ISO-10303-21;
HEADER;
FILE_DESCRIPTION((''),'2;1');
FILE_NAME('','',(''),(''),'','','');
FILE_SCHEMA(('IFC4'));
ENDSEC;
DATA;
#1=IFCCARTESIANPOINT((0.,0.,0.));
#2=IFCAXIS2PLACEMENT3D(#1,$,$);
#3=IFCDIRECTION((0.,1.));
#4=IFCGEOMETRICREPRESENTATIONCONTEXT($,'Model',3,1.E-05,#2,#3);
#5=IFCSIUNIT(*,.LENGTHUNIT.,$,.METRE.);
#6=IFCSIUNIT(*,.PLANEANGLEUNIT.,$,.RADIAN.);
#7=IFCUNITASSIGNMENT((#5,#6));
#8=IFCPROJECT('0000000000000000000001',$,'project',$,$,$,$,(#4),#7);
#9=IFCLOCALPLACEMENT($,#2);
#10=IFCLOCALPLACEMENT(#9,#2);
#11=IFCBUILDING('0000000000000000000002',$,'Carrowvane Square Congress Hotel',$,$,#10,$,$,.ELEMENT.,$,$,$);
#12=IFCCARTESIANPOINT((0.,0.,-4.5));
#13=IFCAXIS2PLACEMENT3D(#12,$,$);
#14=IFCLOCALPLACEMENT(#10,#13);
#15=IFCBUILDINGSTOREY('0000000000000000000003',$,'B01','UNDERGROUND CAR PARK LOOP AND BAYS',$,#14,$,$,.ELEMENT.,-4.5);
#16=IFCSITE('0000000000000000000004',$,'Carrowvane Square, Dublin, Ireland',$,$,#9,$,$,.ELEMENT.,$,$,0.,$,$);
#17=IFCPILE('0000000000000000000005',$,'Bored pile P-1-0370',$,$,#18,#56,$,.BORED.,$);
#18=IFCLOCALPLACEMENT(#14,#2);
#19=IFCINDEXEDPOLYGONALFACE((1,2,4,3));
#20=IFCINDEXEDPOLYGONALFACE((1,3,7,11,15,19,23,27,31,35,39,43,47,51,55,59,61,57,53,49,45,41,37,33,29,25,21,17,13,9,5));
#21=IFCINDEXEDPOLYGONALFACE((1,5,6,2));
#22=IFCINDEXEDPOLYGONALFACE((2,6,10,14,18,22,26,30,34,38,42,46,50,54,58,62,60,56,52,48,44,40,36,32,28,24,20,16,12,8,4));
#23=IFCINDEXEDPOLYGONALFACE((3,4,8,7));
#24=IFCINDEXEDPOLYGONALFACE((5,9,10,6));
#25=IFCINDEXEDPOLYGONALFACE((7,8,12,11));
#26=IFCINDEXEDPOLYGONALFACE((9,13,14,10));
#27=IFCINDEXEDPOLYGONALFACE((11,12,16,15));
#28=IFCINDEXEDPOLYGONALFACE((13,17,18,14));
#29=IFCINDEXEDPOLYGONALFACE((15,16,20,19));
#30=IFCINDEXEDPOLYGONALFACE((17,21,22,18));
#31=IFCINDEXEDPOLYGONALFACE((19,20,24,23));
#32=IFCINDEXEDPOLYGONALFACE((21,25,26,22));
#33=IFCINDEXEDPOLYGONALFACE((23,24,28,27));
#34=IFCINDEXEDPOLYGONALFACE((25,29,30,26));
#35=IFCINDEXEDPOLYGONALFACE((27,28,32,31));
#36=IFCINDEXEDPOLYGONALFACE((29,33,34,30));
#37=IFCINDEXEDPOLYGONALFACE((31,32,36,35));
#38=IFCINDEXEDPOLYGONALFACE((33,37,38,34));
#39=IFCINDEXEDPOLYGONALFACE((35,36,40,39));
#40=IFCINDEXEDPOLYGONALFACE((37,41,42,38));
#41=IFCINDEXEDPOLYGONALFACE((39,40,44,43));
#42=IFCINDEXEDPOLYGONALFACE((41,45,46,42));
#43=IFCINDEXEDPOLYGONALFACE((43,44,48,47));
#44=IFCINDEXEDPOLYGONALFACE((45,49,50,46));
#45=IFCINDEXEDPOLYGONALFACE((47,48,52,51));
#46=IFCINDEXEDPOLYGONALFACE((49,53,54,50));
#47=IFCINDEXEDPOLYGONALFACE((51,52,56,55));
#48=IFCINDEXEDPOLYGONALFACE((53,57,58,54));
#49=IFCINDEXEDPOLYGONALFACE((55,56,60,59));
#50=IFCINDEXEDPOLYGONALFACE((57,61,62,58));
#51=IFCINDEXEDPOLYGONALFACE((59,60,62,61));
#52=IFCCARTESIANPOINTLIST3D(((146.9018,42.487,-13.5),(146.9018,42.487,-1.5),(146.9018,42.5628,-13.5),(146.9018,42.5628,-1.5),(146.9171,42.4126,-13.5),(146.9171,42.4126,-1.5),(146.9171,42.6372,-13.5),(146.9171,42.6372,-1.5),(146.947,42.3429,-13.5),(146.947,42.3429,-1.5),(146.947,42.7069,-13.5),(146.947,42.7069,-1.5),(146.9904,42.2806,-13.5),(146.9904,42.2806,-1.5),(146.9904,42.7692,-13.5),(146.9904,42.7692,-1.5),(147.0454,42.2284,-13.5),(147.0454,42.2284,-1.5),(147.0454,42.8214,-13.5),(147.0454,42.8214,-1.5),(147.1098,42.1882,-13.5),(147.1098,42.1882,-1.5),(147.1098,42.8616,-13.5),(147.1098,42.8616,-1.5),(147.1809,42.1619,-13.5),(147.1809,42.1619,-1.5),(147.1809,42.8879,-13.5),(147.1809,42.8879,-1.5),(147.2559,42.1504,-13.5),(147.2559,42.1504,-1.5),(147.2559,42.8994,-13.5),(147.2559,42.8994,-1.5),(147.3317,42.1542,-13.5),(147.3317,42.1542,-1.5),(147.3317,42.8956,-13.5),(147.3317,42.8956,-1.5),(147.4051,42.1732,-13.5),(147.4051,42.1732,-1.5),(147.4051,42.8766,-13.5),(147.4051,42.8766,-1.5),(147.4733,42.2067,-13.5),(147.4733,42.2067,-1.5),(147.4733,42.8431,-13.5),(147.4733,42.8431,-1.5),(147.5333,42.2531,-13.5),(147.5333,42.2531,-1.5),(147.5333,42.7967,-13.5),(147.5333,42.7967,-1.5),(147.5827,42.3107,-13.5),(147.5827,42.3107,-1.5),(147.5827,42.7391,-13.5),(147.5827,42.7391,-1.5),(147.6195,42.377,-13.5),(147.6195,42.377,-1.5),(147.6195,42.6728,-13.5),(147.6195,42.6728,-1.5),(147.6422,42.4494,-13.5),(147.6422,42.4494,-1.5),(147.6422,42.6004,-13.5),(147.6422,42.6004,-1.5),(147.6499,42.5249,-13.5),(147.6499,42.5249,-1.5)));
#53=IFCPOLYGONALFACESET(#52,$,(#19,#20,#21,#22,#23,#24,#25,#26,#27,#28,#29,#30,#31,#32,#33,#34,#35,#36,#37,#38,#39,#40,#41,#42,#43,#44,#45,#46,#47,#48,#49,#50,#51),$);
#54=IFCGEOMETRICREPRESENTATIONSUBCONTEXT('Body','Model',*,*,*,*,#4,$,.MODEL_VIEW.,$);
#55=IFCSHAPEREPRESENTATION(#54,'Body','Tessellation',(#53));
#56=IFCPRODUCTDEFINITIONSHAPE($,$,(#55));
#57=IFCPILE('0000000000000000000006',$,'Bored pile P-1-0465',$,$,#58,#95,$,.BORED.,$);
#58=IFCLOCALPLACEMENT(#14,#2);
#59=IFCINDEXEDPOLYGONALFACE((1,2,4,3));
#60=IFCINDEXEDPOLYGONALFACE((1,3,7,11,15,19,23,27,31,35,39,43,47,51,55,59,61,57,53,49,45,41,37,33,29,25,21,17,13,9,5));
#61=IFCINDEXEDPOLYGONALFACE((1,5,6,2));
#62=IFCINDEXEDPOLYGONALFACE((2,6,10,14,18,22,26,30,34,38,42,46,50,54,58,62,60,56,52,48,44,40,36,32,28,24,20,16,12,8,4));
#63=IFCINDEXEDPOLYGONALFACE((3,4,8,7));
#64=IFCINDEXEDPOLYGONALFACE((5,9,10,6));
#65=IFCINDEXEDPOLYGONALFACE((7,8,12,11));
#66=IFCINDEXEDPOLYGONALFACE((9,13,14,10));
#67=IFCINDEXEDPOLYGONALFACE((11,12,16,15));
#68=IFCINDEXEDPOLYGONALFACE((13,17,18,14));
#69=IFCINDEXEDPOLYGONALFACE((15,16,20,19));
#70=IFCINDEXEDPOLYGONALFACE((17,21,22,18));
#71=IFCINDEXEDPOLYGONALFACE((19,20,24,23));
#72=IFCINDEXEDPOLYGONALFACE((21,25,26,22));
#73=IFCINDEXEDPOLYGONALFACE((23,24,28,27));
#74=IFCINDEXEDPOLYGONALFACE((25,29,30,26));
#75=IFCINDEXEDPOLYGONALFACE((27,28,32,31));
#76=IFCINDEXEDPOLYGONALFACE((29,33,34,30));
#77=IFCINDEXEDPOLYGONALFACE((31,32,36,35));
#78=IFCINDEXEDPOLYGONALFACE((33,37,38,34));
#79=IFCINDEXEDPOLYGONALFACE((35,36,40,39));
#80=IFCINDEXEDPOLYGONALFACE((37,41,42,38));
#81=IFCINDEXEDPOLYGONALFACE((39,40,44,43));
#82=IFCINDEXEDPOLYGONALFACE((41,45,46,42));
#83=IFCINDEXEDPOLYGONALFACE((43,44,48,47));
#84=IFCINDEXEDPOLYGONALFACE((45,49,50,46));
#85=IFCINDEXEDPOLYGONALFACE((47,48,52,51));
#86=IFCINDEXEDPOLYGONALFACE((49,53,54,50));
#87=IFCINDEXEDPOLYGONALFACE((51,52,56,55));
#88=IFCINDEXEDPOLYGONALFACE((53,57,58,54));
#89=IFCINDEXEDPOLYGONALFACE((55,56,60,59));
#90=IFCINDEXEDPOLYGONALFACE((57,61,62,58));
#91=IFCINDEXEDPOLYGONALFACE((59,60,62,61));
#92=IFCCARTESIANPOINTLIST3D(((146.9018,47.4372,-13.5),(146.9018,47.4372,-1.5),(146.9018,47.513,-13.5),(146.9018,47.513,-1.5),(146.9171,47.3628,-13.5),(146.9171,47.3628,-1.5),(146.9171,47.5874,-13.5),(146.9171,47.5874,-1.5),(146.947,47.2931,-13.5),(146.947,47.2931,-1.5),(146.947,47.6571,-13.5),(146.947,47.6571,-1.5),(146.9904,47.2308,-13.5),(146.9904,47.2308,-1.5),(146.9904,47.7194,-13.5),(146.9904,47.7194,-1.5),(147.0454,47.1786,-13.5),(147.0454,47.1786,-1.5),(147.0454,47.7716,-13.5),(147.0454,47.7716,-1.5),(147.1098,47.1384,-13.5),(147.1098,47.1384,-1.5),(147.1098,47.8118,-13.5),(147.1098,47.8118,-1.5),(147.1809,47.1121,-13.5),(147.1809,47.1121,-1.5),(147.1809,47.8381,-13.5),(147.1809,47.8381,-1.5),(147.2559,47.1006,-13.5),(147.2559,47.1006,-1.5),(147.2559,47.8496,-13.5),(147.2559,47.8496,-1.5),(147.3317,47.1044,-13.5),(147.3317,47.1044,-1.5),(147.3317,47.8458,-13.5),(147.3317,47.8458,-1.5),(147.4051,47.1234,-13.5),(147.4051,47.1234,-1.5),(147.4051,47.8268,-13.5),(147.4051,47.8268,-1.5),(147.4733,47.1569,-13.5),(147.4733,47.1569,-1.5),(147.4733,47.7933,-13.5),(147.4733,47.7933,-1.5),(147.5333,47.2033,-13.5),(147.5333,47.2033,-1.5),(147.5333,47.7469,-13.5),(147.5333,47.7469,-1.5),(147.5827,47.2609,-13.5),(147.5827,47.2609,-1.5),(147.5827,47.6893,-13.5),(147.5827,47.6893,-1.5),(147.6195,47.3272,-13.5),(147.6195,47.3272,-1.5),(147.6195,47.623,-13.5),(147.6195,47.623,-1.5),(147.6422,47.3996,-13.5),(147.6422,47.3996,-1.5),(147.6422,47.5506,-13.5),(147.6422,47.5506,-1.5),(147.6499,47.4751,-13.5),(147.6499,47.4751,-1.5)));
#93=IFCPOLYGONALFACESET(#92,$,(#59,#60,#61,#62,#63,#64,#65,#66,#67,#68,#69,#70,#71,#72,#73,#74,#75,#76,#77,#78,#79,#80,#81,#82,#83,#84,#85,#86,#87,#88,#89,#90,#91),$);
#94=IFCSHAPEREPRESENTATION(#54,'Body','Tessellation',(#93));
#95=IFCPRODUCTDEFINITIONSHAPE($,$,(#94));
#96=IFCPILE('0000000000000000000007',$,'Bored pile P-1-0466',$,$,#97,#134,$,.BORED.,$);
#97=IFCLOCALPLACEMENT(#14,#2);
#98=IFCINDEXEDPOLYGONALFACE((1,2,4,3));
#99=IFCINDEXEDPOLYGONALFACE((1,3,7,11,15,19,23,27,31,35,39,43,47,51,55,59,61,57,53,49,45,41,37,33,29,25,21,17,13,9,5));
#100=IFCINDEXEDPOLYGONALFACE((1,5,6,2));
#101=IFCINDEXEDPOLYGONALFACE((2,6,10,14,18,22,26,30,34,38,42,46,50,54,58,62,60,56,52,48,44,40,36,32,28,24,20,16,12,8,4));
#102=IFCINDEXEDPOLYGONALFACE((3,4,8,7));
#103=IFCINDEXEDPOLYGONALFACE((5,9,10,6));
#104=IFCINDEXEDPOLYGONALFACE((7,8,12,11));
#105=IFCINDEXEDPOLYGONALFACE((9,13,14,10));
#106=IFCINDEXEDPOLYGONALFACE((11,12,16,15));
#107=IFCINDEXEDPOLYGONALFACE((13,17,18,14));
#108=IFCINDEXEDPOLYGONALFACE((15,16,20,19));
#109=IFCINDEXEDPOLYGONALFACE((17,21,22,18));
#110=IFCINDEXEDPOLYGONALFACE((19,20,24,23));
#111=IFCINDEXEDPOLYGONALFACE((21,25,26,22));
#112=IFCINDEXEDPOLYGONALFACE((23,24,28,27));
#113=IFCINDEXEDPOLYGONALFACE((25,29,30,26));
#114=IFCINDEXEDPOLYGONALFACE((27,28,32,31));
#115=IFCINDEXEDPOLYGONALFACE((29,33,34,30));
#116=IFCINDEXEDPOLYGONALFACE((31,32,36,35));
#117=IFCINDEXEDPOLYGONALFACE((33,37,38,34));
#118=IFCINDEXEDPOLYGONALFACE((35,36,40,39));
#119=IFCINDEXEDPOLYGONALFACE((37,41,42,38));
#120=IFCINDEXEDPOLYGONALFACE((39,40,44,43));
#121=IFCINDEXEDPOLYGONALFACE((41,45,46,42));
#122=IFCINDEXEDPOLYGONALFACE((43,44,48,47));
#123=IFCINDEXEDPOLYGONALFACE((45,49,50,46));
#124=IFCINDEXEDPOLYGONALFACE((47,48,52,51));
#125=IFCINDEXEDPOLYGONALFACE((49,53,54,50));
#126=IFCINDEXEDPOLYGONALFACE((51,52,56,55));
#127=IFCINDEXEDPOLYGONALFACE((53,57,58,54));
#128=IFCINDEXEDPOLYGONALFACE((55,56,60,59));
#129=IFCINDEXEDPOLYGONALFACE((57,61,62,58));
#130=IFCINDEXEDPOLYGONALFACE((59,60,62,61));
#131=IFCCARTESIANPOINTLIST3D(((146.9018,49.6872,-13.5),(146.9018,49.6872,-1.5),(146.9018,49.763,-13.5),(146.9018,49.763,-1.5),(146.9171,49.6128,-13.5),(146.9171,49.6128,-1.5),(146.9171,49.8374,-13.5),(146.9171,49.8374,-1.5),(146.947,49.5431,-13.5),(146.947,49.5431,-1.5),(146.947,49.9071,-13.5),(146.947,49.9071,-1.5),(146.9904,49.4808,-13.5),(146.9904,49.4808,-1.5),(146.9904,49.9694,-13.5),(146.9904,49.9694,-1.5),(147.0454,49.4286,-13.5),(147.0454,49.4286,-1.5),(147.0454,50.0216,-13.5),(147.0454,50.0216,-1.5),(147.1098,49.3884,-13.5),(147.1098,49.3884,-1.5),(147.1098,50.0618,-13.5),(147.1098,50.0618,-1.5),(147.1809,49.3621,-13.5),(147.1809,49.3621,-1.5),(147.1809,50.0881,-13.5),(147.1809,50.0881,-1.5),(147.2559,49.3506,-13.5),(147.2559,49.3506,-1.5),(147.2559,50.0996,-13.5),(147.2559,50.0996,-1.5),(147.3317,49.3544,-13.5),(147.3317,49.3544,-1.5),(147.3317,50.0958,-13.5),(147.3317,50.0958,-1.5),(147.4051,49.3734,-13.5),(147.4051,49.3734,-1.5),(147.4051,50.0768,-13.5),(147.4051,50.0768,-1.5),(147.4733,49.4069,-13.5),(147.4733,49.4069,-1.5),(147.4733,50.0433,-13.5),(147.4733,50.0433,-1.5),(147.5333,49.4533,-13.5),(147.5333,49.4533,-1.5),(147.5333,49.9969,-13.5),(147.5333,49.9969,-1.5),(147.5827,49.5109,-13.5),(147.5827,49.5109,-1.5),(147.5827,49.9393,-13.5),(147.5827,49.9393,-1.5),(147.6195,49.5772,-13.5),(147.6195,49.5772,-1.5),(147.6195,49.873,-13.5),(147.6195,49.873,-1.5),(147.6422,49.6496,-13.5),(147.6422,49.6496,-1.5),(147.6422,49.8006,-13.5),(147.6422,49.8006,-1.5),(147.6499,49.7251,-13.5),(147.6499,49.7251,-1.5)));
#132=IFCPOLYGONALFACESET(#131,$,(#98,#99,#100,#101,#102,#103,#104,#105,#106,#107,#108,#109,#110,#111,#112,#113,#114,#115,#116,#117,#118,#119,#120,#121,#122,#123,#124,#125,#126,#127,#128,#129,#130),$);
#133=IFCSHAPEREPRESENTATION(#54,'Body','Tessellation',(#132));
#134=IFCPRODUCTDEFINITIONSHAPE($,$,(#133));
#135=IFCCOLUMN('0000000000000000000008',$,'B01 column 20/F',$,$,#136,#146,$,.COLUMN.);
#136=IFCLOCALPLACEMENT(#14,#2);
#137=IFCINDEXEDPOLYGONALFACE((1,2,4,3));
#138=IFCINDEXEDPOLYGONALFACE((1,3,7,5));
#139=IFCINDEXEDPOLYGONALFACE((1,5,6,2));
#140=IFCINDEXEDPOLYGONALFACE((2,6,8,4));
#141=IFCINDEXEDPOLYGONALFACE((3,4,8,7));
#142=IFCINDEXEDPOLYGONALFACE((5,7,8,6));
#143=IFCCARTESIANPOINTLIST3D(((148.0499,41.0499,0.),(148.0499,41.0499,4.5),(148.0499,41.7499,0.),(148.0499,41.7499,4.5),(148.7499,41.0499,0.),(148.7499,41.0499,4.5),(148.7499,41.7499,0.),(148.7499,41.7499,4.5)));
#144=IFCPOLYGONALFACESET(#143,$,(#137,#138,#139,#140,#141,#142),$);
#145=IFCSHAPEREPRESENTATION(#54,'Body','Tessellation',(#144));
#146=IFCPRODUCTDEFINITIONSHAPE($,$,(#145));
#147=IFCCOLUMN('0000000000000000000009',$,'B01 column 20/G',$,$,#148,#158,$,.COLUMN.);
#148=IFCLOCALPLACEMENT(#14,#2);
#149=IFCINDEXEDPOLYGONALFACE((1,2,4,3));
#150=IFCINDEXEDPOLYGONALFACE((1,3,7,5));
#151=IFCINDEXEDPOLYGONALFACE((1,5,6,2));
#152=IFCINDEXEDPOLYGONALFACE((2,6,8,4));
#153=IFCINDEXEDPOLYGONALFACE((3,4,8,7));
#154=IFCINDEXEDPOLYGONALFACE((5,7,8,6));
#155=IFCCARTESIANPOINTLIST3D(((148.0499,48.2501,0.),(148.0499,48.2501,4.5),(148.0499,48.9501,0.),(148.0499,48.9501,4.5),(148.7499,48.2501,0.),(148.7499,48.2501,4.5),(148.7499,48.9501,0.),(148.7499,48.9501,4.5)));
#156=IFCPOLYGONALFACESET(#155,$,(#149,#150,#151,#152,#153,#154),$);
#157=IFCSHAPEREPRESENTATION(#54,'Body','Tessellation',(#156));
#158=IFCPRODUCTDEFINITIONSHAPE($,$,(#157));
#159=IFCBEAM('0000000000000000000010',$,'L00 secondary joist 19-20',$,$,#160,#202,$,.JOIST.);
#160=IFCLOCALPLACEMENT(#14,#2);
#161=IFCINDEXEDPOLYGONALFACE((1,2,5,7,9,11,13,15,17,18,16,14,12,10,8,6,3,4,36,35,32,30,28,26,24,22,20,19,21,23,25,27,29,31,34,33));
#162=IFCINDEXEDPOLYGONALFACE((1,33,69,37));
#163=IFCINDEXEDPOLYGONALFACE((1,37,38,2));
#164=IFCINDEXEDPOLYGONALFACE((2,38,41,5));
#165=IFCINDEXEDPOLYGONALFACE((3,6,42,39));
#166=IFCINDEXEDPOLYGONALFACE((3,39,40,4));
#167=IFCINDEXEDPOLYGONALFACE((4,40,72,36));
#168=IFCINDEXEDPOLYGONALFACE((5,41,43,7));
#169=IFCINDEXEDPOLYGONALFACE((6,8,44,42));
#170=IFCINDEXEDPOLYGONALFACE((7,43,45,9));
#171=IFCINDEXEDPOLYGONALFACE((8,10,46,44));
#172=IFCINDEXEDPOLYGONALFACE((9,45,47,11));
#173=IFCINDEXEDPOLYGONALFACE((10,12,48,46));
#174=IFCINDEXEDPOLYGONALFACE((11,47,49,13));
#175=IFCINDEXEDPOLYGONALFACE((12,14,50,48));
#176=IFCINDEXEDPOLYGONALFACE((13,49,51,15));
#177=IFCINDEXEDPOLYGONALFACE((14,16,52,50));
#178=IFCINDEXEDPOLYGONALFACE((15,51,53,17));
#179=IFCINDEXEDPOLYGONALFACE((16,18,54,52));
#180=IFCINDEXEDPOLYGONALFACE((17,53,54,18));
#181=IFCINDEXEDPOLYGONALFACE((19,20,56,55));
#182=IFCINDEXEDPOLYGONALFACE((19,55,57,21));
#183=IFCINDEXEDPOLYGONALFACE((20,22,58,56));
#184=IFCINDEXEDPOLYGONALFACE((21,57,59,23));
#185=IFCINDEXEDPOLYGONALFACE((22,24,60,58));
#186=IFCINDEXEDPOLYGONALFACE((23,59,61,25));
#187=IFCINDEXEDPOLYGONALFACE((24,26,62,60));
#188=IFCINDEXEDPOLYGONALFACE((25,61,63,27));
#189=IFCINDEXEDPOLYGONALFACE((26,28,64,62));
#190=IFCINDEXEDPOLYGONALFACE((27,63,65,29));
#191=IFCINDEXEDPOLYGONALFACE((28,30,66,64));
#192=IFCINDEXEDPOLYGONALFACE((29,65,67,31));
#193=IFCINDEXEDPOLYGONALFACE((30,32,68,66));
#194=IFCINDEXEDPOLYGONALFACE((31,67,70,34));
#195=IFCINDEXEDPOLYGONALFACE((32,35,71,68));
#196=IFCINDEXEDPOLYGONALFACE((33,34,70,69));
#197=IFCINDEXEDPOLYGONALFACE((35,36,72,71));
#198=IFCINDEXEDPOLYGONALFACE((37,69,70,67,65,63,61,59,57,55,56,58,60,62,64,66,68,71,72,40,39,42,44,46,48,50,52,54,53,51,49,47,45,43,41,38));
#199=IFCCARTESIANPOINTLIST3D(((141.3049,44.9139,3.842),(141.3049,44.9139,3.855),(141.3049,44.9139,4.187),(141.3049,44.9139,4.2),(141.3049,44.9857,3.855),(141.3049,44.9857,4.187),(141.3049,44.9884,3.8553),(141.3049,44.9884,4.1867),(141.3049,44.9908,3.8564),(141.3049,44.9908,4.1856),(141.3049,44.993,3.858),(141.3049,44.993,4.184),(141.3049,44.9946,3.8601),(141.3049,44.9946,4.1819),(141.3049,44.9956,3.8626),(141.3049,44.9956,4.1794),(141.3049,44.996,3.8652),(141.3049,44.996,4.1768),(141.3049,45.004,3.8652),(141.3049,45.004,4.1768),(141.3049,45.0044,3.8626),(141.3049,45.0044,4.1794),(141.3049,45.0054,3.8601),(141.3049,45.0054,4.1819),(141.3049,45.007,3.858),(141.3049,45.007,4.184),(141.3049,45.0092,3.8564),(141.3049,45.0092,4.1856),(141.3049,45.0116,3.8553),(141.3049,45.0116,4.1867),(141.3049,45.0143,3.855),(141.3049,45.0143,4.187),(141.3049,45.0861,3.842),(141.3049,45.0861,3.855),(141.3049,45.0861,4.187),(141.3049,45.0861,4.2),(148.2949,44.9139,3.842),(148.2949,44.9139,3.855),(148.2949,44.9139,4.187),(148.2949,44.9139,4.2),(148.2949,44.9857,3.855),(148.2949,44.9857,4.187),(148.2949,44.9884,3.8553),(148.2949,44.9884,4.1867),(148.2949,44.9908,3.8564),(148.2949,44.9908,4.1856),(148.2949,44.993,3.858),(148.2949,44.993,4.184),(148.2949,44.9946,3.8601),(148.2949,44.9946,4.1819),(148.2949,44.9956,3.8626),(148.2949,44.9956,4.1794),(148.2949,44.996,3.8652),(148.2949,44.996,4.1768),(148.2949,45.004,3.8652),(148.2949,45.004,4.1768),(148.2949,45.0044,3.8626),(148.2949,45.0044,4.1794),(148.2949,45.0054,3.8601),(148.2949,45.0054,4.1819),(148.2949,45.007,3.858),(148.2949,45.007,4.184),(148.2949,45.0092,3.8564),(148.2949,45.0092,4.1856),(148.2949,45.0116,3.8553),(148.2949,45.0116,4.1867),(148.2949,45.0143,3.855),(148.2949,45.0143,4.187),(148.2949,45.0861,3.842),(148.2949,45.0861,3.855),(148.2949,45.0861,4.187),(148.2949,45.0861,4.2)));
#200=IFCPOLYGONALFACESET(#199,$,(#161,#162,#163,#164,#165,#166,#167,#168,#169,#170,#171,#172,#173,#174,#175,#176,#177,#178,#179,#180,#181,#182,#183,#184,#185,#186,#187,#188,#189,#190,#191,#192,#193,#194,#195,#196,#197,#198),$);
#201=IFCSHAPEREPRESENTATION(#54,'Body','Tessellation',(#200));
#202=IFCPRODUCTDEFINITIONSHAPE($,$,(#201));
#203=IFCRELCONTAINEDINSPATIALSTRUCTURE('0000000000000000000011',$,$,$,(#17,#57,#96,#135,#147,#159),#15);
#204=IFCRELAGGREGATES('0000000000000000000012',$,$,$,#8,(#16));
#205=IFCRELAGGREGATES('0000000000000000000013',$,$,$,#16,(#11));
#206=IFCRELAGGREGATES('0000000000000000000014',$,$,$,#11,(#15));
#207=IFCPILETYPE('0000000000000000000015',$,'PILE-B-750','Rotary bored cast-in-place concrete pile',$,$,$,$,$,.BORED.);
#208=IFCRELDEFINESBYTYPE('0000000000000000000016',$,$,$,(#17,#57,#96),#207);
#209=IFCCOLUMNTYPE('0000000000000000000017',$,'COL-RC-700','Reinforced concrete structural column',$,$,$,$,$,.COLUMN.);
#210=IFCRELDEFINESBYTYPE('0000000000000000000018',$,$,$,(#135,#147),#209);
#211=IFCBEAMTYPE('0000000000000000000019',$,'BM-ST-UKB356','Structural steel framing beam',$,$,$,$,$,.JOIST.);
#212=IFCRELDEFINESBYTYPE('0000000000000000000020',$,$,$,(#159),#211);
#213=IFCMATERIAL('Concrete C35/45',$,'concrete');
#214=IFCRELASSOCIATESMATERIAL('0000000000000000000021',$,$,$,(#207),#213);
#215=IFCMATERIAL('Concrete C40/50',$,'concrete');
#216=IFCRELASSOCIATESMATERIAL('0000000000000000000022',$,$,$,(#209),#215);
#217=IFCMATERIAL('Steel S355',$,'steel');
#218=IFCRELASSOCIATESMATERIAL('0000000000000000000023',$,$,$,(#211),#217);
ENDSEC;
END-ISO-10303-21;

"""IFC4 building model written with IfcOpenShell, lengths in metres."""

from ifc_helpers import new_model, si_unit, direction, frame, origin, origin_2d, place, context, subcontext, project, spatial, rectangle, circle, i_section, extrude, material, material_profile, profile_set, type_object, element, save


model = new_model("IFC4")

# Units and contexts
model_context = context("Model", 3, precision=1e-05, world=origin(), true_north=direction((0.0, 1.0)))
body_context = subcontext(model_context, "Body", "Model", "MODEL_VIEW")
ifc_project = project(units=[si_unit("LENGTHUNIT", "METRE"), si_unit("PLANEANGLEUNIT", "RADIAN")], contexts=[model_context])

# Site, building, storey
site_placement = place(None, origin())
site = spatial("IfcSite", under=ifc_project, at=site_placement, Name="Carrowvane Square, Dublin, Ireland", CompositionType="ELEMENT", RefElevation=0.0)
building_placement = place(site_placement, origin())
building = spatial("IfcBuilding", under=site, at=building_placement, Name="Carrowvane Square Congress Hotel", CompositionType="ELEMENT")
storey_placement = place(building_placement, frame((0.0, 0.0, -4.5)))
storey = spatial("IfcBuildingStorey", under=building, at=storey_placement, Name="B01", Description="UNDERGROUND CAR PARK LOOP AND BAYS", CompositionType="ELEMENT", Elevation=-4.5)

# Piles
ifc_material_1 = material(Name="Concrete C35/45", Category="concrete")
ifc_material_profile_1 = material_profile(ifc_material_1, circle(Radius=0.375, at=origin_2d()), Name="PILE D750")
ifc_profile_set_1 = profile_set([ifc_material_profile_1], Name="Concrete C35/45")
pile_type_1 = type_object("IfcPileType", Name="PILE-B-750", Description="Rotary bored cast-in-place concrete pile", PredefinedType="BORED", material=ifc_profile_set_1)
for number, where, z_axis, x_axis, name in (
    (1, (147.2749, 42.5249, -1.5), (0.0, 0.0, -1.0), (1.0, 0.0, 0.0), "Bored pile P-1-0370"),
    (2, (147.2749, 47.4751, -1.5), (0.0, 0.0, -1.0), (1.0, 0.0, 0.0), "Bored pile P-1-0465"),
    (3, (147.2749, 49.7251, -1.5), (0.0, 0.0, -1.0), (1.0, 0.0, 0.0), "Bored pile P-1-0466"),
):
    element("IfcPile", number, at=place(storey_placement, frame(where, z_axis=z_axis, x_axis=x_axis)), inside=storey, type_object=pile_type_1, Name=name, PredefinedType="BORED", context=body_context, shape_type="SweptSolid", body=[
        extrude(circle(Radius=0.375, at=origin_2d()), origin(), (0.0, 0.0, 1.0), 12.0),
    ])

# Columns
ifc_material_2 = material(Name="Concrete C40/50", Category="concrete")
ifc_material_profile_2 = material_profile(ifc_material_2, rectangle(XDim=0.7, YDim=0.7, at=origin_2d()), Name="RC 700x700")
ifc_profile_set_2 = profile_set([ifc_material_profile_2], Name="Concrete C40/50")
column_type = type_object("IfcColumnType", Name="COL-RC-700", Description="Reinforced concrete structural column", PredefinedType="COLUMN", material=ifc_profile_set_2)
for number, where, z_axis, x_axis, name in (
    (4, (148.3999, 41.3999, 0.0), (0.0, 0.0, 1.0), (1.0, 0.0, 0.0), "B01 column 20/F"),
    (5, (148.3999, 48.6001, 0.0), (0.0, 0.0, 1.0), (1.0, 0.0, 0.0), "B01 column 20/G"),
):
    element("IfcColumn", number, at=place(storey_placement, frame(where, z_axis=z_axis, x_axis=x_axis)), inside=storey, type_object=column_type, Name=name, PredefinedType="COLUMN", context=body_context, shape_type="SweptSolid", body=[
        extrude(rectangle(XDim=0.7, YDim=0.7, at=origin_2d()), origin(), (0.0, 0.0, 1.0), 4.5),
    ])

# Beam
ifc_material_3 = material(Name="Steel S355", Category="steel")
ifc_material_profile_3 = material_profile(ifc_material_3, i_section(OverallWidth=0.1721, OverallDepth=0.3579, WebThickness=0.0081, FlangeThickness=0.0129, FilletRadius=0.0103, at=origin_2d()), Name="UKB 356x171x57")
ifc_profile_set_3 = profile_set([ifc_material_profile_3], Name="Steel S355")
beam_type_1 = type_object("IfcBeamType", Name="BM-ST-UKB356", Description="Structural steel framing beam", PredefinedType="JOIST", material=ifc_profile_set_3)
beam_1_placement = place(storey_placement, frame((141.3049, 45.0, 4.021), z_axis=(1.0, 0.0, 0.0), x_axis=(0.0, 1.0, 0.0)))
element("IfcBeam", 6, at=beam_1_placement, inside=storey, type_object=beam_type_1, Name="L00 secondary joist 19-20", PredefinedType="JOIST", context=body_context, shape_type="SweptSolid", body=[
    extrude(i_section(OverallWidth=0.1721, OverallDepth=0.3579, WebThickness=0.0081, FlangeThickness=0.0129, FilletRadius=0.0103, at=origin_2d()), origin(), (0.0, 0.0, 1.0), 6.99),
])

save(model, "model.ifc")
